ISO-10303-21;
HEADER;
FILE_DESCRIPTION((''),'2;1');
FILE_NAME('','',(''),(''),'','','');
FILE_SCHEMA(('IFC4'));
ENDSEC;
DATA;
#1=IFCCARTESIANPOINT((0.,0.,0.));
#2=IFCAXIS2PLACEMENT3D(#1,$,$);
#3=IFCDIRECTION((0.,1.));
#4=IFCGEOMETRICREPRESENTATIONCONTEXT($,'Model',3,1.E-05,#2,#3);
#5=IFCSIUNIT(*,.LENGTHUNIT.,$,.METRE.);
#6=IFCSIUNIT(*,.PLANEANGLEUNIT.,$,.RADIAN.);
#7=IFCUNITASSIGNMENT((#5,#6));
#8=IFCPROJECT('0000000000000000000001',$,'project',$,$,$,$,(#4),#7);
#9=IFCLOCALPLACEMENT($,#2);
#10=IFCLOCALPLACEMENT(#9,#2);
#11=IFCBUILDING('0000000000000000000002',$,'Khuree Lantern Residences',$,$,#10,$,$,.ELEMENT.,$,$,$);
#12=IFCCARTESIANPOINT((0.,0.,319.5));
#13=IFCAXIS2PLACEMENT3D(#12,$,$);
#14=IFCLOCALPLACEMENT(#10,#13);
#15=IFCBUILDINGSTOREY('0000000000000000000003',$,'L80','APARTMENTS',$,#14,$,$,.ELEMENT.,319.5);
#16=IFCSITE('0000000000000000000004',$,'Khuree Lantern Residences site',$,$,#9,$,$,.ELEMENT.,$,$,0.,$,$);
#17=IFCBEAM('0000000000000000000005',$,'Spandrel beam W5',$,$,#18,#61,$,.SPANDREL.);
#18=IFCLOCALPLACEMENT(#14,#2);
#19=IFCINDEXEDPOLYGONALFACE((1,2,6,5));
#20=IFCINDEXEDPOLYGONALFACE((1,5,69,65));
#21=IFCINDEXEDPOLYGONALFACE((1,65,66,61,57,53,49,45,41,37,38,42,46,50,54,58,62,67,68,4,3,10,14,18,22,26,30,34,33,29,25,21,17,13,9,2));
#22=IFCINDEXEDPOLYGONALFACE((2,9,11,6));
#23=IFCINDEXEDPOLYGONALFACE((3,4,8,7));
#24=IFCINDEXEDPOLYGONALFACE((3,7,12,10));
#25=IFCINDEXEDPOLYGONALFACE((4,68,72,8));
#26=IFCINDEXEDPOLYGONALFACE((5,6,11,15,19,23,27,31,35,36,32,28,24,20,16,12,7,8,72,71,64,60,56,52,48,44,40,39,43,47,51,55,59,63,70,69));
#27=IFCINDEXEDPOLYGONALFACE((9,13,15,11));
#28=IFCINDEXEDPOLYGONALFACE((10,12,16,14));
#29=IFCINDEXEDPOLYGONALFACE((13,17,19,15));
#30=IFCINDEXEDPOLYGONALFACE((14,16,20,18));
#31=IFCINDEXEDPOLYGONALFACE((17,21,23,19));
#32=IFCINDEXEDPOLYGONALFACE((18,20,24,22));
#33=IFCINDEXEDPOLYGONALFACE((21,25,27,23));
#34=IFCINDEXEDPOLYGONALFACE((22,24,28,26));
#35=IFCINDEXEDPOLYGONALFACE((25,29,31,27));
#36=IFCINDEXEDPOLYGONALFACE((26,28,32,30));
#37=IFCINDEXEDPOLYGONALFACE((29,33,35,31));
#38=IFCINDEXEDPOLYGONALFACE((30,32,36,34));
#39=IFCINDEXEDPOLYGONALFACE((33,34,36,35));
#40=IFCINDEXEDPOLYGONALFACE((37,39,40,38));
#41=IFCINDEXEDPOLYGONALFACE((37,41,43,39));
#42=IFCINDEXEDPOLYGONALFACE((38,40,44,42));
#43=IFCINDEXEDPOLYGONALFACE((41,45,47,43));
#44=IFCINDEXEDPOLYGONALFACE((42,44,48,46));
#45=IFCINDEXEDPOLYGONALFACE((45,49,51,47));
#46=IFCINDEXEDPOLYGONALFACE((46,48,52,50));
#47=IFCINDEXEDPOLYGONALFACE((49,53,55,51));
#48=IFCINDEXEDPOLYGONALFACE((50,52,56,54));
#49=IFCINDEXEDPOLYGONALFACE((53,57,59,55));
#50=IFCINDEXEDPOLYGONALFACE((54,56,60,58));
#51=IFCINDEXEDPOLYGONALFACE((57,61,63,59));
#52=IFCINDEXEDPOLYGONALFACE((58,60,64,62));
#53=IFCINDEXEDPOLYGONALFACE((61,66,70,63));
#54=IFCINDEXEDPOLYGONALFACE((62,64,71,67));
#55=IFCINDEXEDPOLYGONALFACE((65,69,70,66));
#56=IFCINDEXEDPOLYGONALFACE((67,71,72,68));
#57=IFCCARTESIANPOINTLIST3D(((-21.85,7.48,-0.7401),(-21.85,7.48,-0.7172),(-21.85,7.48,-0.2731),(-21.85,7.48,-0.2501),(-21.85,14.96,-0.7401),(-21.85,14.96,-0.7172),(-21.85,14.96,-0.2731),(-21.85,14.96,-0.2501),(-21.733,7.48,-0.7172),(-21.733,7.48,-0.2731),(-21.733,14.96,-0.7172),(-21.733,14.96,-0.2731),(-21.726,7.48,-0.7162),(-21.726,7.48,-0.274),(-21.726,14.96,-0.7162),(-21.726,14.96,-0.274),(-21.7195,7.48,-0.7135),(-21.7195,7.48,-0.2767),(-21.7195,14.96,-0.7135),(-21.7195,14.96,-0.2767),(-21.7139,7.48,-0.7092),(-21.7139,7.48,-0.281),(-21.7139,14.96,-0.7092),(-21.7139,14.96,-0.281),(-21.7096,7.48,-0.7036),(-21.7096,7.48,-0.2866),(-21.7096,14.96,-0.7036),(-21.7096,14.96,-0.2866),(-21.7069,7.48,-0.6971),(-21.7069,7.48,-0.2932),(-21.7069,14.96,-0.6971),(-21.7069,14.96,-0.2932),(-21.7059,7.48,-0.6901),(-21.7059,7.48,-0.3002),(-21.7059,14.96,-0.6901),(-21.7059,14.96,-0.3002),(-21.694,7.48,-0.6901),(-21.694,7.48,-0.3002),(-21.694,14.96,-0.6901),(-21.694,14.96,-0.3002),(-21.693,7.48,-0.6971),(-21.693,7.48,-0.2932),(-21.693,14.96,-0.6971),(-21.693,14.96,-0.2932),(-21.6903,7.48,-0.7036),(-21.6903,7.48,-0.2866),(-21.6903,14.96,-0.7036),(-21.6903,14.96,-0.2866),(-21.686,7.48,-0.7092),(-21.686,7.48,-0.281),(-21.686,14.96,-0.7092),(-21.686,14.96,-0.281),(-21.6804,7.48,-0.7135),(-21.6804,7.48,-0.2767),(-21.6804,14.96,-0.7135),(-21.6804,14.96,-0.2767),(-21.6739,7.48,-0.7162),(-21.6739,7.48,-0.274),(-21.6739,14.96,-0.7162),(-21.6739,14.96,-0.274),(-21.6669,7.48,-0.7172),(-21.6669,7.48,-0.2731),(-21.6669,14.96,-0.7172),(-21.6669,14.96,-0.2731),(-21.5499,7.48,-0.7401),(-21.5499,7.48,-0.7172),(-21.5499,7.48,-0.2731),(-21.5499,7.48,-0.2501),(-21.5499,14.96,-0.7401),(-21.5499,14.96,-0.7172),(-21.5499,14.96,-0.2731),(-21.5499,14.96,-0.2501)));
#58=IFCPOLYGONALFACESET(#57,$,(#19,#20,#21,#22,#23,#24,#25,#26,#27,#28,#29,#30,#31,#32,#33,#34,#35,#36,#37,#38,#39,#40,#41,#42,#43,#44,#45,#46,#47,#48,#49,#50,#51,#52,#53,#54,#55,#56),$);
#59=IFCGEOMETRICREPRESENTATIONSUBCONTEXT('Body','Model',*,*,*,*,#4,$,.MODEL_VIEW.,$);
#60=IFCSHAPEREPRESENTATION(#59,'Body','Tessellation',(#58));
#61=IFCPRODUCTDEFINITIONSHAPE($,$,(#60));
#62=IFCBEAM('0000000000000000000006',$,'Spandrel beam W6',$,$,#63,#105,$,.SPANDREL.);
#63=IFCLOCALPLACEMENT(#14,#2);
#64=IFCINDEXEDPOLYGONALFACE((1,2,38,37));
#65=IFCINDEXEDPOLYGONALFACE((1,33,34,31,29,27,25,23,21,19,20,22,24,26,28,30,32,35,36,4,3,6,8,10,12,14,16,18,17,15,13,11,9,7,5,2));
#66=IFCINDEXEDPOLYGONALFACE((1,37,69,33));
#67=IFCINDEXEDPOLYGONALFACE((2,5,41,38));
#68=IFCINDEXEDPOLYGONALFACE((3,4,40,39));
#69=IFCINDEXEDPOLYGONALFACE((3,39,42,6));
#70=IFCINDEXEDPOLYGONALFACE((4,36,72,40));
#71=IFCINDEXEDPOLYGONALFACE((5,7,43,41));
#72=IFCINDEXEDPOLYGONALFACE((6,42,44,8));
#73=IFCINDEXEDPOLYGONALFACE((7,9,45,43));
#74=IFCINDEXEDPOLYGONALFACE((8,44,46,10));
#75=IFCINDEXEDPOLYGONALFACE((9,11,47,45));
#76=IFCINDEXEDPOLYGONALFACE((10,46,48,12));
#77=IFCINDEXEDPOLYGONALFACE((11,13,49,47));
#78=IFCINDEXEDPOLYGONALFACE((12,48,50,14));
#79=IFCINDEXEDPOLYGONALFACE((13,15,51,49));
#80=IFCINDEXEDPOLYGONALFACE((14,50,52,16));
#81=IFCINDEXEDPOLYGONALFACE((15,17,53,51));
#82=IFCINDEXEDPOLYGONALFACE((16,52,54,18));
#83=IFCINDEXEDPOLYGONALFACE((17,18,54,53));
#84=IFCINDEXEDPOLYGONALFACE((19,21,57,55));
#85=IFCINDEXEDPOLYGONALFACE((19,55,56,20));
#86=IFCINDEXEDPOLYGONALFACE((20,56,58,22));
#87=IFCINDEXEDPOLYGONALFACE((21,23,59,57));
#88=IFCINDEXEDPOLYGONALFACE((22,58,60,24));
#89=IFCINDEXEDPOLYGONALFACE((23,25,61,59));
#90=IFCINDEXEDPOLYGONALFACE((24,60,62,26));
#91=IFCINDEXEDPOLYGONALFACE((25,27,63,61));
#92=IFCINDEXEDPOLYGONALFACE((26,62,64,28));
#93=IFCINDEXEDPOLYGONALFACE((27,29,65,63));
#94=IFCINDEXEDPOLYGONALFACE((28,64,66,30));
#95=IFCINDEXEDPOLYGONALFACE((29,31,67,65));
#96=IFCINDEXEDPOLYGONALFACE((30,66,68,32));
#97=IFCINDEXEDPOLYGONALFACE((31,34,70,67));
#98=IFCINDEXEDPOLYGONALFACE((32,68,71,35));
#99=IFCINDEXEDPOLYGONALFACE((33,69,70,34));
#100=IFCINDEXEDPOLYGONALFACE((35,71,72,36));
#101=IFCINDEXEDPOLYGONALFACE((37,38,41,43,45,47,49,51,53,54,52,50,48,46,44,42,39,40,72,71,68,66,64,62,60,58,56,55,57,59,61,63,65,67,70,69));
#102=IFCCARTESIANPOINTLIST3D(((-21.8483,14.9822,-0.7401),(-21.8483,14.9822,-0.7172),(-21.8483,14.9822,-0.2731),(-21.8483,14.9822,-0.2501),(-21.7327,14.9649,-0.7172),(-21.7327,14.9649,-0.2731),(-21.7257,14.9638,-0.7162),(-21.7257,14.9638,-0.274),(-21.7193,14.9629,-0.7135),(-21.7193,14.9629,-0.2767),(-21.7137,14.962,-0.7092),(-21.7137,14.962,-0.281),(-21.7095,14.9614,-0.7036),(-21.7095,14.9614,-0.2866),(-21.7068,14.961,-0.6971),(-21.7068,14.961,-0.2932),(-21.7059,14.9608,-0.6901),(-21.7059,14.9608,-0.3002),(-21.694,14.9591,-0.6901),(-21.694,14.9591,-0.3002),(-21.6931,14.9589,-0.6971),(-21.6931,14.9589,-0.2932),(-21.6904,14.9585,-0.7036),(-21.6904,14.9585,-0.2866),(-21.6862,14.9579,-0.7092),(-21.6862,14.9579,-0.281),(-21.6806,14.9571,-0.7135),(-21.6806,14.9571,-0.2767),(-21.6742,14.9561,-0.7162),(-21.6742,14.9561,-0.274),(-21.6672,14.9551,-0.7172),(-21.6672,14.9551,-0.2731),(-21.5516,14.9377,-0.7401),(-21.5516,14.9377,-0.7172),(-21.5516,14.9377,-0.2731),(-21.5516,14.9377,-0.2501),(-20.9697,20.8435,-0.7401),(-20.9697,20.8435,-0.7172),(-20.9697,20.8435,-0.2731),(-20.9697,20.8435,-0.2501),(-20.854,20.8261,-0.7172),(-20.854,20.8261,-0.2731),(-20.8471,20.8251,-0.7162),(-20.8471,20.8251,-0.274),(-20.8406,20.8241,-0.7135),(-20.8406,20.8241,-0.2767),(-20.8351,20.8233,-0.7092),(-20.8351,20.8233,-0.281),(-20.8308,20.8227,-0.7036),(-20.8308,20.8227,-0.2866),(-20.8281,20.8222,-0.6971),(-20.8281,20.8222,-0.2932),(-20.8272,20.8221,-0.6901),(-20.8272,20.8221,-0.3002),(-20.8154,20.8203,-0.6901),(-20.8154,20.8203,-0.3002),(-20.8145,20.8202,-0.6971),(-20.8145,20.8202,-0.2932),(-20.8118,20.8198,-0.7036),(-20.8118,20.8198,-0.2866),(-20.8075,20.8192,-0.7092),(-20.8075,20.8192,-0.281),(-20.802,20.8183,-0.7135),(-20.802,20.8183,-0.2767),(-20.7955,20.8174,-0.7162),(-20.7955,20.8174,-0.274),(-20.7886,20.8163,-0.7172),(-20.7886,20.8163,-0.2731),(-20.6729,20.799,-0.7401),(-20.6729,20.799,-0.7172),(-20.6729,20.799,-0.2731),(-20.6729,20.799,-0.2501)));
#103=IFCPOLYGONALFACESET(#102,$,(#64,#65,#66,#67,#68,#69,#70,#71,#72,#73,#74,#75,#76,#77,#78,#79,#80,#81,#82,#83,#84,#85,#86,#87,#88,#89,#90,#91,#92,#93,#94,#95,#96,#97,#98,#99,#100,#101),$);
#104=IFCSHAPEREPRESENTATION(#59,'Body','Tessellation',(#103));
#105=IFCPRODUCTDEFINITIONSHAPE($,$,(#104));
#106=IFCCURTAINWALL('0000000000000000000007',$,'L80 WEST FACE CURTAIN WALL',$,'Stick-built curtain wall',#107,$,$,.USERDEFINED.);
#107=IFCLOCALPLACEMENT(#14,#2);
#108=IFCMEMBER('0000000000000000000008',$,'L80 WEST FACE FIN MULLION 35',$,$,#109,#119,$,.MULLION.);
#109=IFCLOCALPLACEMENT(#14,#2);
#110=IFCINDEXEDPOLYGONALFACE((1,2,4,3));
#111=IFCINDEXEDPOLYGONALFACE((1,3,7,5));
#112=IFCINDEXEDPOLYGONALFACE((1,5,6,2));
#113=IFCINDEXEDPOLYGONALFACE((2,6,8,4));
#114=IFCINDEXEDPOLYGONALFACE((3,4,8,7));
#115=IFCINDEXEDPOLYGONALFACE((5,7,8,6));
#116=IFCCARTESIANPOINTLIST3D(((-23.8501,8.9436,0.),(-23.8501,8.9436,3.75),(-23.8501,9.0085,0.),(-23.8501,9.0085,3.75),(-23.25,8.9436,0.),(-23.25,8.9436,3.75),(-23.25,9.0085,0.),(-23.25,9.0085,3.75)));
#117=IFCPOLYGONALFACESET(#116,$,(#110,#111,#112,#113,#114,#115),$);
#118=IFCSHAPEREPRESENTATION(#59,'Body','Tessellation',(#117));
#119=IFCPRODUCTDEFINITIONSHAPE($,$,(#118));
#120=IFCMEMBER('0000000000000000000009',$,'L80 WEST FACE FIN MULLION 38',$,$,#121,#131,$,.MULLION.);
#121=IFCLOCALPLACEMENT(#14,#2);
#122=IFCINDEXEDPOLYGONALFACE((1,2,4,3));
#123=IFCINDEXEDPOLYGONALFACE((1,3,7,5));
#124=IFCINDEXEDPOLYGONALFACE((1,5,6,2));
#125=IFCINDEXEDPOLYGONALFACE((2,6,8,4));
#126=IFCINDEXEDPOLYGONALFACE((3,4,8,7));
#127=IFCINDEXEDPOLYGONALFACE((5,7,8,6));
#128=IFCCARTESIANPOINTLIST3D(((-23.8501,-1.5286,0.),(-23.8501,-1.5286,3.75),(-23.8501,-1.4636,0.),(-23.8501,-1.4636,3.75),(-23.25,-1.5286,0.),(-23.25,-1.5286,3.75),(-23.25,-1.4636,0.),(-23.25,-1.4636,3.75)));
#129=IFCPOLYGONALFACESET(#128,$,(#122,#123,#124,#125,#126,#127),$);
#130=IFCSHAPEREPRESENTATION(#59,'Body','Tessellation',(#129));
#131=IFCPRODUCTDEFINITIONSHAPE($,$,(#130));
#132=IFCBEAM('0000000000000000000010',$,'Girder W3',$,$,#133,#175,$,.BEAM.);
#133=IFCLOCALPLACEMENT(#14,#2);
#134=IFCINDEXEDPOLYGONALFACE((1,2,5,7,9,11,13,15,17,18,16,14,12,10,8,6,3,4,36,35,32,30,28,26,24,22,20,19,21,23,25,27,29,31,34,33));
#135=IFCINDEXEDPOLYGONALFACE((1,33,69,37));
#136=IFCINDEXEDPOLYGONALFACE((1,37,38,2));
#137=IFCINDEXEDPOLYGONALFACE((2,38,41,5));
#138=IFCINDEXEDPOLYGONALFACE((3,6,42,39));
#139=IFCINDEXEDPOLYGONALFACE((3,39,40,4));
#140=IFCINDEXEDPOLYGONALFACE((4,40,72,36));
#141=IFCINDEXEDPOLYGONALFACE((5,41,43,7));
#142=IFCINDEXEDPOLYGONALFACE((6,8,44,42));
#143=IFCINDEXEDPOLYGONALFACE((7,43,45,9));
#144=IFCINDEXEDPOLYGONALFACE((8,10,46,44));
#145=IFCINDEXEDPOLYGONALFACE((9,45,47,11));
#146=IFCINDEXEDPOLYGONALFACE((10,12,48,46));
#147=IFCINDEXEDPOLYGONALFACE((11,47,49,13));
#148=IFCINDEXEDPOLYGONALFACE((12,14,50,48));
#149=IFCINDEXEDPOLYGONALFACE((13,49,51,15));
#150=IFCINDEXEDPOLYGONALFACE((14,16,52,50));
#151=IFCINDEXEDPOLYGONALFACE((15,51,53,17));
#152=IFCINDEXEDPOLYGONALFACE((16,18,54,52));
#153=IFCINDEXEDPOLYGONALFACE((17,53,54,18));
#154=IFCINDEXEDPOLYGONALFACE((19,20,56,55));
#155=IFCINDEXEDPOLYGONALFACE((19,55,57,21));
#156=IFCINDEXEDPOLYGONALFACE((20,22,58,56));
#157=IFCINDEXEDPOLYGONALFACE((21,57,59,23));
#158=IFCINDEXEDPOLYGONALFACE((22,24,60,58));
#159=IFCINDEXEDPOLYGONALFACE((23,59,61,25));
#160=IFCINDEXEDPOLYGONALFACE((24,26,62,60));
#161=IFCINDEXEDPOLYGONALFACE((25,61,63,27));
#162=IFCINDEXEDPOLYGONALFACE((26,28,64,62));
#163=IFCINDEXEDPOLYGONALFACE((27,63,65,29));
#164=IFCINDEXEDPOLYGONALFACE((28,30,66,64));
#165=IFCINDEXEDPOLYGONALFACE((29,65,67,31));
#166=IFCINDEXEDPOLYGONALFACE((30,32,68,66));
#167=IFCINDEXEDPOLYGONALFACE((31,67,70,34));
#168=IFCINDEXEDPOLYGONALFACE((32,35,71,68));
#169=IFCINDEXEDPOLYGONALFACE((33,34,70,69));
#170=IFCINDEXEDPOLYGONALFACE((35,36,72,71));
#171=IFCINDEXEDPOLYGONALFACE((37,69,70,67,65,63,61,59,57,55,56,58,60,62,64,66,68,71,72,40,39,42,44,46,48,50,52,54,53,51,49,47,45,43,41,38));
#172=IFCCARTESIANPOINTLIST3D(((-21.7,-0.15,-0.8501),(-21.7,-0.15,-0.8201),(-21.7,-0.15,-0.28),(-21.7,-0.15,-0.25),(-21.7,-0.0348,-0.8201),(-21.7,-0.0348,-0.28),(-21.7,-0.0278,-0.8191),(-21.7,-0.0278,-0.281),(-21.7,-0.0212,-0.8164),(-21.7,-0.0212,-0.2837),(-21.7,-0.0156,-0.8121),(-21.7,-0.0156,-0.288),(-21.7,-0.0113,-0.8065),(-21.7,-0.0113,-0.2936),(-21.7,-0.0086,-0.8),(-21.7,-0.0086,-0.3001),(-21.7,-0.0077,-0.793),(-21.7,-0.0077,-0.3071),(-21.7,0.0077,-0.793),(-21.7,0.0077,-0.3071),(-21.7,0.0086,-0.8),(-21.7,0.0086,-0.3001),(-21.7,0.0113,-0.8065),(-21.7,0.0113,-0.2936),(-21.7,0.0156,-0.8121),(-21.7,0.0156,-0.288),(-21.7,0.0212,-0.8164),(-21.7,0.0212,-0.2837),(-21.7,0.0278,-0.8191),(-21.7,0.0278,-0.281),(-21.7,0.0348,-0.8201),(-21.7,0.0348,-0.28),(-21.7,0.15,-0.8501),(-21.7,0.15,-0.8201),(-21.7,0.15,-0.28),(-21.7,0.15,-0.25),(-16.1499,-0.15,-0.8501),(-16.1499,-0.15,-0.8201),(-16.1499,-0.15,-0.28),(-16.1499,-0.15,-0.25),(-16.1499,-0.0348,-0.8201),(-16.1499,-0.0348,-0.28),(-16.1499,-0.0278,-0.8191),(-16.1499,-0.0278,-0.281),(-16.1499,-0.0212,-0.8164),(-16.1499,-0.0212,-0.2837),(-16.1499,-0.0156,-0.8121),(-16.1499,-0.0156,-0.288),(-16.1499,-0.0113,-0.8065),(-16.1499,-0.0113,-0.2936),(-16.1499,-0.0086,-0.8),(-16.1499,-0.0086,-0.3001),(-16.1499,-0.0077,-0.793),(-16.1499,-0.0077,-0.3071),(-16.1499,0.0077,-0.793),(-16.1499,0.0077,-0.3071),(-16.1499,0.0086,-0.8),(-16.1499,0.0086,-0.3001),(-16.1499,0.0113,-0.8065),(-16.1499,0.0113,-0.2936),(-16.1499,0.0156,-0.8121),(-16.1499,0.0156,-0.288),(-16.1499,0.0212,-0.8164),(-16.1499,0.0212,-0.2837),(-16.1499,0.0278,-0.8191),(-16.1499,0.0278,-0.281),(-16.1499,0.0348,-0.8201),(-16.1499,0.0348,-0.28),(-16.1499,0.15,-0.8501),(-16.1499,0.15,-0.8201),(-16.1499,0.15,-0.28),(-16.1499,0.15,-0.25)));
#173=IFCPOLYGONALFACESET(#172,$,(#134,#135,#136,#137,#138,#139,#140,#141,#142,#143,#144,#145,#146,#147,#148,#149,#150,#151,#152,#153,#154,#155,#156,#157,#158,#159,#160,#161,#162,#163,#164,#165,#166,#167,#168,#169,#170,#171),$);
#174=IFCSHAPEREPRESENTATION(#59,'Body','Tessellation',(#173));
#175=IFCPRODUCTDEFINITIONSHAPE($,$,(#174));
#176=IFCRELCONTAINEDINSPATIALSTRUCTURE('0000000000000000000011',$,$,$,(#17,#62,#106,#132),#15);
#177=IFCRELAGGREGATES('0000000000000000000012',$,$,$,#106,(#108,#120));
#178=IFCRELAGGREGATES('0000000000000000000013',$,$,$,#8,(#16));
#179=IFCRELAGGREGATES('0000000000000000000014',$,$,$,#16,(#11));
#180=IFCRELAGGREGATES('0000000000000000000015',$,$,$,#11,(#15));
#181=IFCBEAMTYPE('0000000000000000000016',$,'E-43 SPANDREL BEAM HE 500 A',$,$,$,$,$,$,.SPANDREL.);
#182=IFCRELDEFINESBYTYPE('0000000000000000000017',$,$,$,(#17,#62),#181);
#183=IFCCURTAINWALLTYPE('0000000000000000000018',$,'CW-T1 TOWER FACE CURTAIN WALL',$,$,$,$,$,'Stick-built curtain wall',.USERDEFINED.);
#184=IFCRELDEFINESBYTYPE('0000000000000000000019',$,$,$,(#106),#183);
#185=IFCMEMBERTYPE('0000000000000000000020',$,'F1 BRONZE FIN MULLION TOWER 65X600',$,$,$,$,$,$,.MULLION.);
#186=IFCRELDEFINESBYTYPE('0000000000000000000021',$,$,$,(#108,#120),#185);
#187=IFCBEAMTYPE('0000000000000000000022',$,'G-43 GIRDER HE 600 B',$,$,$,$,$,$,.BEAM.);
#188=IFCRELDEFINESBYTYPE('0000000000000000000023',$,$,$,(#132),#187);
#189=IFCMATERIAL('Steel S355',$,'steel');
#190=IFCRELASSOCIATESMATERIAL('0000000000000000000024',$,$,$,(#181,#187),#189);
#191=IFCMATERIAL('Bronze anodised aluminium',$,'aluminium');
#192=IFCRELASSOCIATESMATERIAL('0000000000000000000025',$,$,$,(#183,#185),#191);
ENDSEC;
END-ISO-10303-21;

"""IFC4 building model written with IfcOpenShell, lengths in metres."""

from ifc_helpers import new_model, si_unit, direction, frame, origin, origin_2d, place, context, subcontext, project, spatial, rectangle, i_section, extrude, material, material_profile, profile_set, type_object, element, aggregate, save


model = new_model("IFC4")

# Units and contexts
model_context = context("Model", 3, precision=1e-05, world=origin(), true_north=direction((0.0, 1.0)))
body_context = subcontext(model_context, "Body", "Model", "MODEL_VIEW")
ifc_project = project(units=[si_unit("LENGTHUNIT", "METRE"), si_unit("PLANEANGLEUNIT", "RADIAN")], contexts=[model_context])

# Site, building, storey
site_placement = place(None, origin())
site = spatial("IfcSite", under=ifc_project, at=site_placement, Name="Khuree Lantern Residences site", CompositionType="ELEMENT", RefElevation=0.0)
building_placement = place(site_placement, origin())
building = spatial("IfcBuilding", under=site, at=building_placement, Name="Khuree Lantern Residences", CompositionType="ELEMENT")
storey_placement = place(building_placement, frame((0.0, 0.0, 319.5)))
storey = spatial("IfcBuildingStorey", under=building, at=storey_placement, Name="L80", Description="APARTMENTS", CompositionType="ELEMENT", Elevation=319.5)

# Beams
ifc_material_1 = material(Name="Steel S355", Category="steel")
ifc_material_profile_1 = material_profile(ifc_material_1, i_section(OverallWidth=0.3, OverallDepth=0.49, WebThickness=0.012, FlangeThickness=0.0229, FilletRadius=0.0271, at=origin_2d()), Name="HE 500 A")
ifc_profile_set_1 = profile_set([ifc_material_profile_1], Name="Steel S355")
beam_type_1 = type_object("IfcBeamType", Name="E-43 SPANDREL BEAM HE 500 A", PredefinedType="SPANDREL", material=ifc_profile_set_1)
for number, where, z_axis, x_axis, name in (
    (1, (-21.7, 7.48, -0.4951), (0.0, 1.0, 0.0), (-1.0, 0.0, 0.0), "Spandrel beam W5"),
):
    element("IfcBeam", number, at=place(storey_placement, frame(where, z_axis=z_axis, x_axis=x_axis)), inside=storey, type_object=beam_type_1, Name=name, PredefinedType="SPANDREL", context=body_context, shape_type="SweptSolid", body=[
        extrude(i_section(OverallWidth=0.3, OverallDepth=0.49, WebThickness=0.012, FlangeThickness=0.0229, FilletRadius=0.0271, at=origin_2d()), origin(), (0.0, 0.0, 1.0), 7.48),
    ])
beam_1_placement = place(storey_placement, frame((-21.7, 14.96, -0.4951), z_axis=(0.148252, 0.98895, 0.0), x_axis=(-0.98895, 0.148252, 0.0)))
element("IfcBeam", 2, at=beam_1_placement, inside=storey, type_object=beam_type_1, Name="Spandrel beam W6", PredefinedType="SPANDREL", context=body_context, shape_type="SweptSolid", body=[
    extrude(i_section(OverallWidth=0.3, OverallDepth=0.49, WebThickness=0.012, FlangeThickness=0.0229, FilletRadius=0.0271, at=origin_2d()), origin(), (0.0, 0.0, 1.0), 5.9268),
])

# Curtain wall, members
ifc_material_2 = material(Name="Bronze anodised aluminium", Category="aluminium")
curtain_wall_type = type_object("IfcCurtainWallType", Name="CW-T1 TOWER FACE CURTAIN WALL", ElementType="Stick-built curtain wall", PredefinedType="USERDEFINED", material=ifc_material_2)
curtain_wall_placement = place(storey_placement, origin())
curtain_wall = element("IfcCurtainWall", 3, at=curtain_wall_placement, inside=storey, type_object=curtain_wall_type, Name="L80 WEST FACE CURTAIN WALL", ObjectType="Stick-built curtain wall", PredefinedType="USERDEFINED")
ifc_material_profile_2 = material_profile(ifc_material_2, rectangle(XDim=0.0649, YDim=0.6001, at=origin_2d()), Name="F1 65X600")
ifc_profile_set_2 = profile_set([ifc_material_profile_2], Name="Bronze anodised aluminium")
member_type_1 = type_object("IfcMemberType", Name="F1 BRONZE FIN MULLION TOWER 65X600", PredefinedType="MULLION", material=ifc_profile_set_2)
member_1_placement = place(storey_placement, frame((-23.55, 8.9761, 0.0), z_axis=(0.0, 0.0, 1.0), x_axis=(0.0, -1.0, 0.0)))
member_1 = element("IfcMember", 4, at=member_1_placement, type_object=member_type_1, Name="L80 WEST FACE FIN MULLION 35", PredefinedType="MULLION", context=body_context, shape_type="SweptSolid", body=[
    extrude(rectangle(XDim=0.0649, YDim=0.6001, at=origin_2d()), origin(), (0.0, 0.0, 1.0), 3.75),
])
member_2_placement = place(storey_placement, frame((-23.55, -1.4961, 0.0), z_axis=(0.0, 0.0, 1.0), x_axis=(0.0, -1.0, 0.0)))
member_2 = element("IfcMember", 5, at=member_2_placement, type_object=member_type_1, Name="L80 WEST FACE FIN MULLION 38", PredefinedType="MULLION", context=body_context, shape_type="SweptSolid", body=[
    extrude(rectangle(XDim=0.0649, YDim=0.6001, at=origin_2d()), origin(), (0.0, 0.0, 1.0), 3.75),
])

# Beam
ifc_material_profile_3 = material_profile(ifc_material_1, i_section(OverallWidth=0.3, OverallDepth=0.6001, WebThickness=0.0154, FlangeThickness=0.03, FilletRadius=0.0271, at=origin_2d()), Name="HE 600 B")
ifc_profile_set_3 = profile_set([ifc_material_profile_3], Name="Steel S355")
beam_type_2 = type_object("IfcBeamType", Name="G-43 GIRDER HE 600 B", PredefinedType="BEAM", material=ifc_profile_set_3)
for number, where, z_axis, x_axis, name in (
    (6, (-21.7, 0.0, -0.55), (1.0, 0.0, 0.0), (0.0, 1.0, 0.0), "Girder W3"),
):
    element("IfcBeam", number, at=place(storey_placement, frame(where, z_axis=z_axis, x_axis=x_axis)), inside=storey, type_object=beam_type_2, Name=name, PredefinedType="BEAM", context=body_context, shape_type="SweptSolid", body=[
        extrude(i_section(OverallWidth=0.3, OverallDepth=0.6001, WebThickness=0.0154, FlangeThickness=0.03, FilletRadius=0.0271, at=origin_2d()), origin(), (0.0, 0.0, 1.0), 5.55),
    ])

aggregate(curtain_wall, [member_1, member_2])

save(model, "model.ifc")
